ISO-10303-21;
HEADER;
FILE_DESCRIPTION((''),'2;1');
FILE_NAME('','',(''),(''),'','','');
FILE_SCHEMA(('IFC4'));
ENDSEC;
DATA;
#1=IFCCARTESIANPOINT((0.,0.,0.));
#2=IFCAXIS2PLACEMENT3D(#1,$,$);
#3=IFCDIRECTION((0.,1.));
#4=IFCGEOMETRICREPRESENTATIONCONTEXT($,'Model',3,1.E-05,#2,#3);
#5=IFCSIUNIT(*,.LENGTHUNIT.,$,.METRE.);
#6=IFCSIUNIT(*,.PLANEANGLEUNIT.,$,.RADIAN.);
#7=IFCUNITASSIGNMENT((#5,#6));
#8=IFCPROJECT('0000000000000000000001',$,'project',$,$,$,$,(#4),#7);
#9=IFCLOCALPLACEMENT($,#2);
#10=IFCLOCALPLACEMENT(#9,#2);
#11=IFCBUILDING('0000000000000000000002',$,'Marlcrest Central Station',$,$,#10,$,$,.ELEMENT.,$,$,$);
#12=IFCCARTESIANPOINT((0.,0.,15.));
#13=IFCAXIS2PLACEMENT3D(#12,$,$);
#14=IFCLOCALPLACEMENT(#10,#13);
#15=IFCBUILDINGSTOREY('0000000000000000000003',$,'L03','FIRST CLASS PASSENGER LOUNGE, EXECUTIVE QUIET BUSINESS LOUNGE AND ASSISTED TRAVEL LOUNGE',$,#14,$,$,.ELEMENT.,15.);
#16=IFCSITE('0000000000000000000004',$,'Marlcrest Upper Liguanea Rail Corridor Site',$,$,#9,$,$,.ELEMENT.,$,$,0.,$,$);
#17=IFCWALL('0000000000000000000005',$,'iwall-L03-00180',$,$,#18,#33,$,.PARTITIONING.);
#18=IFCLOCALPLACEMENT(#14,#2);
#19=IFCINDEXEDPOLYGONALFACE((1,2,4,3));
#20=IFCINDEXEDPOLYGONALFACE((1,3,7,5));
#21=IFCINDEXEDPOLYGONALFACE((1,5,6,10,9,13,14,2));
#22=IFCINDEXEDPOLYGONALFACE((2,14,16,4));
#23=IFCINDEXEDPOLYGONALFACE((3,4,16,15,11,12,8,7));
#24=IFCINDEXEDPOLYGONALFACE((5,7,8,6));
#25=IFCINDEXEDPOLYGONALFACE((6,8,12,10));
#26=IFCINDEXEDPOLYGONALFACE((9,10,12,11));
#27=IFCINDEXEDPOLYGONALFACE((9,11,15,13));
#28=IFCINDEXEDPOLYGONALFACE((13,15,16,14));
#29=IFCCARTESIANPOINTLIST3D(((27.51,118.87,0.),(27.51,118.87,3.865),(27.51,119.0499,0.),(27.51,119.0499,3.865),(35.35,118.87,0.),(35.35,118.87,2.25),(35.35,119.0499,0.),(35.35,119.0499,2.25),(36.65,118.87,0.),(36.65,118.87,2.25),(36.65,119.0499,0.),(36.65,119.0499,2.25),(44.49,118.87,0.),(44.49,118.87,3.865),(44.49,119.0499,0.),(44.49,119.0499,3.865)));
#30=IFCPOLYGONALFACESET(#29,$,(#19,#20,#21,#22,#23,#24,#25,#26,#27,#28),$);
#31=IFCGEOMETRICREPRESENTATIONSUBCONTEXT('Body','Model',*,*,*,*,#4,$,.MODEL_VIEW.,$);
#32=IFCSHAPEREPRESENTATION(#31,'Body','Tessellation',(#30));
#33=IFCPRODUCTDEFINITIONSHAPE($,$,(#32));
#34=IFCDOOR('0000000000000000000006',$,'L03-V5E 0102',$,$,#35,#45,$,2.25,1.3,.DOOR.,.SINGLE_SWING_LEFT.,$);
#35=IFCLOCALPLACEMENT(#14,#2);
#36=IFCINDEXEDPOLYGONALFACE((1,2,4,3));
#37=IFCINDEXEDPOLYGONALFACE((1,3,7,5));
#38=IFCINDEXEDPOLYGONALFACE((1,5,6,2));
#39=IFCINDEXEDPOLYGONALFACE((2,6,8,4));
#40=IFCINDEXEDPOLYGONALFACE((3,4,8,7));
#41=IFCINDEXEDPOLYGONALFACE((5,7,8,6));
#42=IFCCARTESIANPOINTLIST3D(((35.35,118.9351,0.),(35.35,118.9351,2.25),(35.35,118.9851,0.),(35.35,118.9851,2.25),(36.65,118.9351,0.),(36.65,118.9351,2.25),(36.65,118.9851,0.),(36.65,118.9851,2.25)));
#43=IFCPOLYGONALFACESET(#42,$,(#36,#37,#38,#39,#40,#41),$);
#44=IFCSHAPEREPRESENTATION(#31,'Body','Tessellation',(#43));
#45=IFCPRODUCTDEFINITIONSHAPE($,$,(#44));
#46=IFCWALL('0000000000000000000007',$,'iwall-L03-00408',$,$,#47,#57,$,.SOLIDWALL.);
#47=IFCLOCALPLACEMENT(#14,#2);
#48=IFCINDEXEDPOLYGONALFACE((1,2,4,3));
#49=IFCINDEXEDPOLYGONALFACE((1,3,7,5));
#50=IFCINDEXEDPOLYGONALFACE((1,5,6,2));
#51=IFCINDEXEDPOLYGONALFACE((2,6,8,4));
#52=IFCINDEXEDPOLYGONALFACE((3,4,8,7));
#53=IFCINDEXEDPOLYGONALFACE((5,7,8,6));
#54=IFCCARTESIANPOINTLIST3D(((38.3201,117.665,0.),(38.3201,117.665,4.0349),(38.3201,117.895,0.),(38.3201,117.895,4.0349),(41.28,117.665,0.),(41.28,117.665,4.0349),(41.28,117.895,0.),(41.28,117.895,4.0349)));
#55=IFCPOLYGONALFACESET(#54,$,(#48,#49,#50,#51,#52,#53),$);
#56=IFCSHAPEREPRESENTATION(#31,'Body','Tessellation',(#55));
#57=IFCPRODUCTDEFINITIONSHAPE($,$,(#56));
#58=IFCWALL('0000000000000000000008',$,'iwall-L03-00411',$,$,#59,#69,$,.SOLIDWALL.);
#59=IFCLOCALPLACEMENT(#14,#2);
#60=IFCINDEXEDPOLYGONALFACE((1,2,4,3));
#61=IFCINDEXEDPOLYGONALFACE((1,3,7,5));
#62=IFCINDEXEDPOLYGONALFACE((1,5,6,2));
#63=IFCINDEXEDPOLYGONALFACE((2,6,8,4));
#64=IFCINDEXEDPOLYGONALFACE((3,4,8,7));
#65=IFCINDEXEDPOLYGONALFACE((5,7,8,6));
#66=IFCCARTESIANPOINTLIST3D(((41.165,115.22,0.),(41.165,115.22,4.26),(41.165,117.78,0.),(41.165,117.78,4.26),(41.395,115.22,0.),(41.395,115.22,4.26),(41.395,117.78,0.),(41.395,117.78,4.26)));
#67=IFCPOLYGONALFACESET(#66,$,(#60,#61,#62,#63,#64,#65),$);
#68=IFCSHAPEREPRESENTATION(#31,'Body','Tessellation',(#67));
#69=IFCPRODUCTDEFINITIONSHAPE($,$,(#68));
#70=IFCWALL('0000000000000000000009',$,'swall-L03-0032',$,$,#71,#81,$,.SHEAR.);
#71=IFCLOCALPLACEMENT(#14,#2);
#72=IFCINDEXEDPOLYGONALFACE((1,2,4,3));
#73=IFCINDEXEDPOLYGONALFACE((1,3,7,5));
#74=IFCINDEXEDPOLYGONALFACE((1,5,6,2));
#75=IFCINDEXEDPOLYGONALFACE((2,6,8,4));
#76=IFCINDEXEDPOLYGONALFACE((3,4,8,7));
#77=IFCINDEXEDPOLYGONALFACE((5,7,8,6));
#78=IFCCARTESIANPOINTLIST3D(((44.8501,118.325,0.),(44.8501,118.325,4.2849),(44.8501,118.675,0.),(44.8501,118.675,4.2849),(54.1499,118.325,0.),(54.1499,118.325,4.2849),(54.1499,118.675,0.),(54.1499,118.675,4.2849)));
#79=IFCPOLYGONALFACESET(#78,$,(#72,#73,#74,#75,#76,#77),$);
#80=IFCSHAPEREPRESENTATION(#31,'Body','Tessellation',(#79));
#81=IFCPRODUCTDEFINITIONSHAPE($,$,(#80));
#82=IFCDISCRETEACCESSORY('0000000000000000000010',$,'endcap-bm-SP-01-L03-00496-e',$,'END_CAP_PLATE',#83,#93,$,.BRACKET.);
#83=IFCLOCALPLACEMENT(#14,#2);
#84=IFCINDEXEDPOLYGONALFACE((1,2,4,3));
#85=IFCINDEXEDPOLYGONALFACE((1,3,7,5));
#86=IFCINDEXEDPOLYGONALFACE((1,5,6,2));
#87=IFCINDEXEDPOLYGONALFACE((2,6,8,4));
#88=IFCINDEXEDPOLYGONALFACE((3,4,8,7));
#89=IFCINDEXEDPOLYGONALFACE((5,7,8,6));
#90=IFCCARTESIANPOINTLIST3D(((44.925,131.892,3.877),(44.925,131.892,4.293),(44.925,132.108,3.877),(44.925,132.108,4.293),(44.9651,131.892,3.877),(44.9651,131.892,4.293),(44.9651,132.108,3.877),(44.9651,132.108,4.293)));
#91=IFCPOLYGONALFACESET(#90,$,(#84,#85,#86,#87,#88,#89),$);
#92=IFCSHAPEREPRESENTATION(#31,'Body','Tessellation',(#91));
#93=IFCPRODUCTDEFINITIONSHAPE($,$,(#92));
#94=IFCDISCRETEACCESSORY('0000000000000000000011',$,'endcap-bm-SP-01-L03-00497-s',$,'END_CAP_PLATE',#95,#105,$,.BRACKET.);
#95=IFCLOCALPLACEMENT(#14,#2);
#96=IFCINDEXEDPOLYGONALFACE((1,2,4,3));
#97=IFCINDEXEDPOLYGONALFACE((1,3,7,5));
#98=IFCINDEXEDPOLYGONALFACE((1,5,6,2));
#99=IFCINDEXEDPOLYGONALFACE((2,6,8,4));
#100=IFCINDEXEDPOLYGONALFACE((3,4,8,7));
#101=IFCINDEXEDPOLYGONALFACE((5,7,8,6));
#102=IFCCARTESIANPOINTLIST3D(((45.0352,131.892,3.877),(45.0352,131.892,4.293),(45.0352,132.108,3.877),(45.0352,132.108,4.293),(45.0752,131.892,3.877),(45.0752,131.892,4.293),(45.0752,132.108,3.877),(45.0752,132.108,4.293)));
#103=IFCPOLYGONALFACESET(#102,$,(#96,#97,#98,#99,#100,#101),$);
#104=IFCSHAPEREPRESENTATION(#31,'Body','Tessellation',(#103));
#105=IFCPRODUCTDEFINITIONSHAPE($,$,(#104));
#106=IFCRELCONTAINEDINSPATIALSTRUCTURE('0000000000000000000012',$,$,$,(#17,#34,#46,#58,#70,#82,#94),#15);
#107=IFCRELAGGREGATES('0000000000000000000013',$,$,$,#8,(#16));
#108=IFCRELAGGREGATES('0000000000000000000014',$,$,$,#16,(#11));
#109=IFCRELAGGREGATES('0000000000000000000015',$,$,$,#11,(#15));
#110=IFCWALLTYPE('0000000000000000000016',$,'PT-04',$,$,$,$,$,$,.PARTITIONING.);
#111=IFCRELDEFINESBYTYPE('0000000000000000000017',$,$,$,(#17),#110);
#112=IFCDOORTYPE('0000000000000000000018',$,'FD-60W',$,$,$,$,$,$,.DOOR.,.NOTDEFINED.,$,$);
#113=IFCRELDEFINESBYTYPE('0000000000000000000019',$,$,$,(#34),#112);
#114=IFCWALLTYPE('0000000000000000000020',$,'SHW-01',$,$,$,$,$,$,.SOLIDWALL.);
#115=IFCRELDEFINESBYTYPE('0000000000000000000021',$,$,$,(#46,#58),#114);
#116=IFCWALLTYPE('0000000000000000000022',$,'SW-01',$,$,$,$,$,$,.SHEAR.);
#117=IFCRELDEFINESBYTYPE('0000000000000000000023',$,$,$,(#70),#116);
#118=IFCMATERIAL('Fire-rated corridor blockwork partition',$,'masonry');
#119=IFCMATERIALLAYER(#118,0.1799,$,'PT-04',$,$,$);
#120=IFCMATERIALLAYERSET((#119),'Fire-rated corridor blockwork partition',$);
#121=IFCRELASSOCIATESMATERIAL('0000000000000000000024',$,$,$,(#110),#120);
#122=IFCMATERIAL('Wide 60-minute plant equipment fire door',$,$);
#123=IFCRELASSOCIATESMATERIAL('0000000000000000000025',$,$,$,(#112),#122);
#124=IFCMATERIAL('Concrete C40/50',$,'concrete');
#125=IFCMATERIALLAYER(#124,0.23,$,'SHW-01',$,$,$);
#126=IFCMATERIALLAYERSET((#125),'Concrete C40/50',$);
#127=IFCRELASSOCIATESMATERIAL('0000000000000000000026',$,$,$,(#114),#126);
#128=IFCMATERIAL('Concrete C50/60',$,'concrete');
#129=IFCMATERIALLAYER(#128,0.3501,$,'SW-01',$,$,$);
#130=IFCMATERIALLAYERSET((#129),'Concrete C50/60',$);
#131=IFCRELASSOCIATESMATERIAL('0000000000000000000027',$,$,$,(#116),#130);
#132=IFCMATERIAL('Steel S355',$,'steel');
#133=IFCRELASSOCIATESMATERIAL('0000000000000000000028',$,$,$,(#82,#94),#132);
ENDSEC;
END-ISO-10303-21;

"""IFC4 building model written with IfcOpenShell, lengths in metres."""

from ifc_helpers import new_model, si_unit, direction, frame, frame_2d, origin, origin_2d, place, context, subcontext, project, spatial, rectangle, extrude, material, layer, layer_set, type_object, element, fill, save


model = new_model("IFC4")

# Units and contexts
model_context = context("Model", 3, precision=1e-05, world=origin(), true_north=direction((0.0, 1.0)))
body_context = subcontext(model_context, "Body", "Model", "MODEL_VIEW")
ifc_project = project(units=[si_unit("LENGTHUNIT", "METRE"), si_unit("PLANEANGLEUNIT", "RADIAN")], contexts=[model_context])

# Site, building, storey
site_placement = place(None, origin())
site = spatial("IfcSite", under=ifc_project, at=site_placement, Name="Marlcrest Upper Liguanea Rail Corridor Site", CompositionType="ELEMENT", RefElevation=0.0)
building_placement = place(site_placement, origin())
building = spatial("IfcBuilding", under=site, at=building_placement, Name="Marlcrest Central Station", CompositionType="ELEMENT")
storey_placement = place(building_placement, frame((0.0, 0.0, 15.0)))
storey = spatial("IfcBuildingStorey", under=building, at=storey_placement, Name="L03", Description="FIRST CLASS PASSENGER LOUNGE, EXECUTIVE QUIET BUSINESS LOUNGE AND ASSISTED TRAVEL LOUNGE", CompositionType="ELEMENT", Elevation=15.0)

# Shared definitions
ifc_material_1 = material(Name="Steel S355", Category="steel")

# Shared definitions
ifc_material_2 = material(Name="Concrete C40/50", Category="concrete")

# Wall, opening, door
ifc_material_3 = material(Name="Fire-rated corridor blockwork partition", Category="masonry")
ifc_layer_1 = layer(ifc_material_3, 0.1799, Name="PT-04")
ifc_layer_set_1 = layer_set([ifc_layer_1], Name="Fire-rated corridor blockwork partition")
wall_type_1 = type_object("IfcWallType", Name="PT-04", PredefinedType="PARTITIONING", material=ifc_layer_set_1)
wall_1_placement = place(storey_placement, frame((44.49, 118.96, 0.0), z_axis=(0.0, 0.0, 1.0), x_axis=(-1.0, 0.0, 0.0)))
wall_1 = element("IfcWall", 1, at=wall_1_placement, inside=storey, type_object=wall_type_1, Name="iwall-L03-00180", PredefinedType="PARTITIONING", context=body_context, shape_type="SweptSolid", body=[
    extrude(rectangle(XDim=16.98, YDim=0.1799, at=frame_2d((8.49, 0.0))), origin(), (0.0, 0.0, 1.0), 3.865),
])
opening_1_placement = place(wall_1_placement, frame((7.8401, 0.0, 0.0)))
opening_1 = element("IfcOpeningElement", 2, at=opening_1_placement, cuts=wall_1, PredefinedType="OPENING", context=body_context, shape_type="SweptSolid", body=[
    extrude(rectangle(XDim=1.3, YDim=2.25, at=frame_2d((0.6499, 1.125))), frame((0.0, 0.0999, 0.0), z_axis=(0.0, -1.0, 0.0), x_axis=(1.0, 0.0, 0.0)), (0.0, 0.0, 1.0), 0.2),
])
ifc_material_4 = material(Name="Wide 60-minute plant equipment fire door")
door_type = type_object("IfcDoorType", Name="FD-60W", OperationType="NOTDEFINED", PredefinedType="DOOR", material=ifc_material_4)
door_placement = place(opening_1_placement, origin())
door = element("IfcDoor", 3, at=door_placement, inside=storey, type_object=door_type, Name="L03-V5E 0102", OperationType="SINGLE_SWING_LEFT", OverallHeight=2.25, OverallWidth=1.3, PredefinedType="DOOR", context=body_context, shape_type="SweptSolid", body=[
    extrude(rectangle(XDim=1.3, YDim=2.25, at=frame_2d((0.6499, 1.125))), frame((0.0, 0.0249, 0.0), z_axis=(0.0, -1.0, 0.0), x_axis=(1.0, 0.0, 0.0)), (0.0, 0.0, 1.0), 0.05),
])
fill(opening_1, door)

# Walls
ifc_layer_2 = layer(ifc_material_2, 0.23, Name="SHW-01")
ifc_layer_set_2 = layer_set([ifc_layer_2], Name="Concrete C40/50")
wall_type_2 = type_object("IfcWallType", Name="SHW-01", PredefinedType="SOLIDWALL", material=ifc_layer_set_2)
wall_2_placement = place(storey_placement, frame((38.3201, 117.78, 0.0), z_axis=(0.0, 0.0, 1.0), x_axis=(1.0, 0.0, 0.0)))
element("IfcWall", 4, at=wall_2_placement, inside=storey, type_object=wall_type_2, Name="iwall-L03-00408", PredefinedType="SOLIDWALL", context=body_context, shape_type="SweptSolid", body=[
    extrude(rectangle(XDim=2.96, YDim=0.23, at=frame_2d((1.48, 0.0))), origin(), (0.0, 0.0, 1.0), 4.0349),
])
wall_3_placement = place(storey_placement, frame((41.28, 117.78, 0.0), z_axis=(0.0, 0.0, 1.0), x_axis=(0.0, -1.0, 0.0)))
element("IfcWall", 5, at=wall_3_placement, inside=storey, type_object=wall_type_2, Name="iwall-L03-00411", PredefinedType="SOLIDWALL", context=body_context, shape_type="SweptSolid", body=[
    extrude(rectangle(XDim=2.5601, YDim=0.23, at=frame_2d((1.28, 0.0))), origin(), (0.0, 0.0, 1.0), 4.26),
])
ifc_material_5 = material(Name="Concrete C50/60", Category="concrete")
ifc_layer_3 = layer(ifc_material_5, 0.3501, Name="SW-01")
ifc_layer_set_3 = layer_set([ifc_layer_3], Name="Concrete C50/60")
wall_type_3 = type_object("IfcWallType", Name="SW-01", PredefinedType="SHEAR", material=ifc_layer_set_3)
wall_4_placement = place(storey_placement, frame((44.8501, 118.5, 0.0), z_axis=(0.0, 0.0, 1.0), x_axis=(1.0, 0.0, 0.0)))
element("IfcWall", 6, at=wall_4_placement, inside=storey, type_object=wall_type_3, Name="swall-L03-0032", PredefinedType="SHEAR", context=body_context, shape_type="SweptSolid", body=[
    extrude(rectangle(XDim=9.2998, YDim=0.3501, at=frame_2d((4.6499, 0.0))), origin(), (0.0, 0.0, 1.0), 4.2849),
])

# Discrete accessories
for number, where, z_axis, x_axis, name in (
    (7, (44.925, 132.0, 4.085), (1.0, 0.0, 0.0), (0.0, 1.0, 0.0), "endcap-bm-SP-01-L03-00496-e"),
    (8, (45.0352, 132.0, 4.085), (1.0, 0.0, 0.0), (0.0, 1.0, 0.0), "endcap-bm-SP-01-L03-00497-s"),
):
    element("IfcDiscreteAccessory", number, at=place(storey_placement, frame(where, z_axis=z_axis, x_axis=x_axis)), inside=storey, material=ifc_material_1, Name=name, ObjectType="END_CAP_PLATE", PredefinedType="BRACKET", context=body_context, shape_type="SweptSolid", body=[
        extrude(rectangle(XDim=0.2161, YDim=0.416, at=origin_2d()), origin(), (0.0, 0.0, 1.0), 0.04),
    ])

save(model, "model.ifc")
